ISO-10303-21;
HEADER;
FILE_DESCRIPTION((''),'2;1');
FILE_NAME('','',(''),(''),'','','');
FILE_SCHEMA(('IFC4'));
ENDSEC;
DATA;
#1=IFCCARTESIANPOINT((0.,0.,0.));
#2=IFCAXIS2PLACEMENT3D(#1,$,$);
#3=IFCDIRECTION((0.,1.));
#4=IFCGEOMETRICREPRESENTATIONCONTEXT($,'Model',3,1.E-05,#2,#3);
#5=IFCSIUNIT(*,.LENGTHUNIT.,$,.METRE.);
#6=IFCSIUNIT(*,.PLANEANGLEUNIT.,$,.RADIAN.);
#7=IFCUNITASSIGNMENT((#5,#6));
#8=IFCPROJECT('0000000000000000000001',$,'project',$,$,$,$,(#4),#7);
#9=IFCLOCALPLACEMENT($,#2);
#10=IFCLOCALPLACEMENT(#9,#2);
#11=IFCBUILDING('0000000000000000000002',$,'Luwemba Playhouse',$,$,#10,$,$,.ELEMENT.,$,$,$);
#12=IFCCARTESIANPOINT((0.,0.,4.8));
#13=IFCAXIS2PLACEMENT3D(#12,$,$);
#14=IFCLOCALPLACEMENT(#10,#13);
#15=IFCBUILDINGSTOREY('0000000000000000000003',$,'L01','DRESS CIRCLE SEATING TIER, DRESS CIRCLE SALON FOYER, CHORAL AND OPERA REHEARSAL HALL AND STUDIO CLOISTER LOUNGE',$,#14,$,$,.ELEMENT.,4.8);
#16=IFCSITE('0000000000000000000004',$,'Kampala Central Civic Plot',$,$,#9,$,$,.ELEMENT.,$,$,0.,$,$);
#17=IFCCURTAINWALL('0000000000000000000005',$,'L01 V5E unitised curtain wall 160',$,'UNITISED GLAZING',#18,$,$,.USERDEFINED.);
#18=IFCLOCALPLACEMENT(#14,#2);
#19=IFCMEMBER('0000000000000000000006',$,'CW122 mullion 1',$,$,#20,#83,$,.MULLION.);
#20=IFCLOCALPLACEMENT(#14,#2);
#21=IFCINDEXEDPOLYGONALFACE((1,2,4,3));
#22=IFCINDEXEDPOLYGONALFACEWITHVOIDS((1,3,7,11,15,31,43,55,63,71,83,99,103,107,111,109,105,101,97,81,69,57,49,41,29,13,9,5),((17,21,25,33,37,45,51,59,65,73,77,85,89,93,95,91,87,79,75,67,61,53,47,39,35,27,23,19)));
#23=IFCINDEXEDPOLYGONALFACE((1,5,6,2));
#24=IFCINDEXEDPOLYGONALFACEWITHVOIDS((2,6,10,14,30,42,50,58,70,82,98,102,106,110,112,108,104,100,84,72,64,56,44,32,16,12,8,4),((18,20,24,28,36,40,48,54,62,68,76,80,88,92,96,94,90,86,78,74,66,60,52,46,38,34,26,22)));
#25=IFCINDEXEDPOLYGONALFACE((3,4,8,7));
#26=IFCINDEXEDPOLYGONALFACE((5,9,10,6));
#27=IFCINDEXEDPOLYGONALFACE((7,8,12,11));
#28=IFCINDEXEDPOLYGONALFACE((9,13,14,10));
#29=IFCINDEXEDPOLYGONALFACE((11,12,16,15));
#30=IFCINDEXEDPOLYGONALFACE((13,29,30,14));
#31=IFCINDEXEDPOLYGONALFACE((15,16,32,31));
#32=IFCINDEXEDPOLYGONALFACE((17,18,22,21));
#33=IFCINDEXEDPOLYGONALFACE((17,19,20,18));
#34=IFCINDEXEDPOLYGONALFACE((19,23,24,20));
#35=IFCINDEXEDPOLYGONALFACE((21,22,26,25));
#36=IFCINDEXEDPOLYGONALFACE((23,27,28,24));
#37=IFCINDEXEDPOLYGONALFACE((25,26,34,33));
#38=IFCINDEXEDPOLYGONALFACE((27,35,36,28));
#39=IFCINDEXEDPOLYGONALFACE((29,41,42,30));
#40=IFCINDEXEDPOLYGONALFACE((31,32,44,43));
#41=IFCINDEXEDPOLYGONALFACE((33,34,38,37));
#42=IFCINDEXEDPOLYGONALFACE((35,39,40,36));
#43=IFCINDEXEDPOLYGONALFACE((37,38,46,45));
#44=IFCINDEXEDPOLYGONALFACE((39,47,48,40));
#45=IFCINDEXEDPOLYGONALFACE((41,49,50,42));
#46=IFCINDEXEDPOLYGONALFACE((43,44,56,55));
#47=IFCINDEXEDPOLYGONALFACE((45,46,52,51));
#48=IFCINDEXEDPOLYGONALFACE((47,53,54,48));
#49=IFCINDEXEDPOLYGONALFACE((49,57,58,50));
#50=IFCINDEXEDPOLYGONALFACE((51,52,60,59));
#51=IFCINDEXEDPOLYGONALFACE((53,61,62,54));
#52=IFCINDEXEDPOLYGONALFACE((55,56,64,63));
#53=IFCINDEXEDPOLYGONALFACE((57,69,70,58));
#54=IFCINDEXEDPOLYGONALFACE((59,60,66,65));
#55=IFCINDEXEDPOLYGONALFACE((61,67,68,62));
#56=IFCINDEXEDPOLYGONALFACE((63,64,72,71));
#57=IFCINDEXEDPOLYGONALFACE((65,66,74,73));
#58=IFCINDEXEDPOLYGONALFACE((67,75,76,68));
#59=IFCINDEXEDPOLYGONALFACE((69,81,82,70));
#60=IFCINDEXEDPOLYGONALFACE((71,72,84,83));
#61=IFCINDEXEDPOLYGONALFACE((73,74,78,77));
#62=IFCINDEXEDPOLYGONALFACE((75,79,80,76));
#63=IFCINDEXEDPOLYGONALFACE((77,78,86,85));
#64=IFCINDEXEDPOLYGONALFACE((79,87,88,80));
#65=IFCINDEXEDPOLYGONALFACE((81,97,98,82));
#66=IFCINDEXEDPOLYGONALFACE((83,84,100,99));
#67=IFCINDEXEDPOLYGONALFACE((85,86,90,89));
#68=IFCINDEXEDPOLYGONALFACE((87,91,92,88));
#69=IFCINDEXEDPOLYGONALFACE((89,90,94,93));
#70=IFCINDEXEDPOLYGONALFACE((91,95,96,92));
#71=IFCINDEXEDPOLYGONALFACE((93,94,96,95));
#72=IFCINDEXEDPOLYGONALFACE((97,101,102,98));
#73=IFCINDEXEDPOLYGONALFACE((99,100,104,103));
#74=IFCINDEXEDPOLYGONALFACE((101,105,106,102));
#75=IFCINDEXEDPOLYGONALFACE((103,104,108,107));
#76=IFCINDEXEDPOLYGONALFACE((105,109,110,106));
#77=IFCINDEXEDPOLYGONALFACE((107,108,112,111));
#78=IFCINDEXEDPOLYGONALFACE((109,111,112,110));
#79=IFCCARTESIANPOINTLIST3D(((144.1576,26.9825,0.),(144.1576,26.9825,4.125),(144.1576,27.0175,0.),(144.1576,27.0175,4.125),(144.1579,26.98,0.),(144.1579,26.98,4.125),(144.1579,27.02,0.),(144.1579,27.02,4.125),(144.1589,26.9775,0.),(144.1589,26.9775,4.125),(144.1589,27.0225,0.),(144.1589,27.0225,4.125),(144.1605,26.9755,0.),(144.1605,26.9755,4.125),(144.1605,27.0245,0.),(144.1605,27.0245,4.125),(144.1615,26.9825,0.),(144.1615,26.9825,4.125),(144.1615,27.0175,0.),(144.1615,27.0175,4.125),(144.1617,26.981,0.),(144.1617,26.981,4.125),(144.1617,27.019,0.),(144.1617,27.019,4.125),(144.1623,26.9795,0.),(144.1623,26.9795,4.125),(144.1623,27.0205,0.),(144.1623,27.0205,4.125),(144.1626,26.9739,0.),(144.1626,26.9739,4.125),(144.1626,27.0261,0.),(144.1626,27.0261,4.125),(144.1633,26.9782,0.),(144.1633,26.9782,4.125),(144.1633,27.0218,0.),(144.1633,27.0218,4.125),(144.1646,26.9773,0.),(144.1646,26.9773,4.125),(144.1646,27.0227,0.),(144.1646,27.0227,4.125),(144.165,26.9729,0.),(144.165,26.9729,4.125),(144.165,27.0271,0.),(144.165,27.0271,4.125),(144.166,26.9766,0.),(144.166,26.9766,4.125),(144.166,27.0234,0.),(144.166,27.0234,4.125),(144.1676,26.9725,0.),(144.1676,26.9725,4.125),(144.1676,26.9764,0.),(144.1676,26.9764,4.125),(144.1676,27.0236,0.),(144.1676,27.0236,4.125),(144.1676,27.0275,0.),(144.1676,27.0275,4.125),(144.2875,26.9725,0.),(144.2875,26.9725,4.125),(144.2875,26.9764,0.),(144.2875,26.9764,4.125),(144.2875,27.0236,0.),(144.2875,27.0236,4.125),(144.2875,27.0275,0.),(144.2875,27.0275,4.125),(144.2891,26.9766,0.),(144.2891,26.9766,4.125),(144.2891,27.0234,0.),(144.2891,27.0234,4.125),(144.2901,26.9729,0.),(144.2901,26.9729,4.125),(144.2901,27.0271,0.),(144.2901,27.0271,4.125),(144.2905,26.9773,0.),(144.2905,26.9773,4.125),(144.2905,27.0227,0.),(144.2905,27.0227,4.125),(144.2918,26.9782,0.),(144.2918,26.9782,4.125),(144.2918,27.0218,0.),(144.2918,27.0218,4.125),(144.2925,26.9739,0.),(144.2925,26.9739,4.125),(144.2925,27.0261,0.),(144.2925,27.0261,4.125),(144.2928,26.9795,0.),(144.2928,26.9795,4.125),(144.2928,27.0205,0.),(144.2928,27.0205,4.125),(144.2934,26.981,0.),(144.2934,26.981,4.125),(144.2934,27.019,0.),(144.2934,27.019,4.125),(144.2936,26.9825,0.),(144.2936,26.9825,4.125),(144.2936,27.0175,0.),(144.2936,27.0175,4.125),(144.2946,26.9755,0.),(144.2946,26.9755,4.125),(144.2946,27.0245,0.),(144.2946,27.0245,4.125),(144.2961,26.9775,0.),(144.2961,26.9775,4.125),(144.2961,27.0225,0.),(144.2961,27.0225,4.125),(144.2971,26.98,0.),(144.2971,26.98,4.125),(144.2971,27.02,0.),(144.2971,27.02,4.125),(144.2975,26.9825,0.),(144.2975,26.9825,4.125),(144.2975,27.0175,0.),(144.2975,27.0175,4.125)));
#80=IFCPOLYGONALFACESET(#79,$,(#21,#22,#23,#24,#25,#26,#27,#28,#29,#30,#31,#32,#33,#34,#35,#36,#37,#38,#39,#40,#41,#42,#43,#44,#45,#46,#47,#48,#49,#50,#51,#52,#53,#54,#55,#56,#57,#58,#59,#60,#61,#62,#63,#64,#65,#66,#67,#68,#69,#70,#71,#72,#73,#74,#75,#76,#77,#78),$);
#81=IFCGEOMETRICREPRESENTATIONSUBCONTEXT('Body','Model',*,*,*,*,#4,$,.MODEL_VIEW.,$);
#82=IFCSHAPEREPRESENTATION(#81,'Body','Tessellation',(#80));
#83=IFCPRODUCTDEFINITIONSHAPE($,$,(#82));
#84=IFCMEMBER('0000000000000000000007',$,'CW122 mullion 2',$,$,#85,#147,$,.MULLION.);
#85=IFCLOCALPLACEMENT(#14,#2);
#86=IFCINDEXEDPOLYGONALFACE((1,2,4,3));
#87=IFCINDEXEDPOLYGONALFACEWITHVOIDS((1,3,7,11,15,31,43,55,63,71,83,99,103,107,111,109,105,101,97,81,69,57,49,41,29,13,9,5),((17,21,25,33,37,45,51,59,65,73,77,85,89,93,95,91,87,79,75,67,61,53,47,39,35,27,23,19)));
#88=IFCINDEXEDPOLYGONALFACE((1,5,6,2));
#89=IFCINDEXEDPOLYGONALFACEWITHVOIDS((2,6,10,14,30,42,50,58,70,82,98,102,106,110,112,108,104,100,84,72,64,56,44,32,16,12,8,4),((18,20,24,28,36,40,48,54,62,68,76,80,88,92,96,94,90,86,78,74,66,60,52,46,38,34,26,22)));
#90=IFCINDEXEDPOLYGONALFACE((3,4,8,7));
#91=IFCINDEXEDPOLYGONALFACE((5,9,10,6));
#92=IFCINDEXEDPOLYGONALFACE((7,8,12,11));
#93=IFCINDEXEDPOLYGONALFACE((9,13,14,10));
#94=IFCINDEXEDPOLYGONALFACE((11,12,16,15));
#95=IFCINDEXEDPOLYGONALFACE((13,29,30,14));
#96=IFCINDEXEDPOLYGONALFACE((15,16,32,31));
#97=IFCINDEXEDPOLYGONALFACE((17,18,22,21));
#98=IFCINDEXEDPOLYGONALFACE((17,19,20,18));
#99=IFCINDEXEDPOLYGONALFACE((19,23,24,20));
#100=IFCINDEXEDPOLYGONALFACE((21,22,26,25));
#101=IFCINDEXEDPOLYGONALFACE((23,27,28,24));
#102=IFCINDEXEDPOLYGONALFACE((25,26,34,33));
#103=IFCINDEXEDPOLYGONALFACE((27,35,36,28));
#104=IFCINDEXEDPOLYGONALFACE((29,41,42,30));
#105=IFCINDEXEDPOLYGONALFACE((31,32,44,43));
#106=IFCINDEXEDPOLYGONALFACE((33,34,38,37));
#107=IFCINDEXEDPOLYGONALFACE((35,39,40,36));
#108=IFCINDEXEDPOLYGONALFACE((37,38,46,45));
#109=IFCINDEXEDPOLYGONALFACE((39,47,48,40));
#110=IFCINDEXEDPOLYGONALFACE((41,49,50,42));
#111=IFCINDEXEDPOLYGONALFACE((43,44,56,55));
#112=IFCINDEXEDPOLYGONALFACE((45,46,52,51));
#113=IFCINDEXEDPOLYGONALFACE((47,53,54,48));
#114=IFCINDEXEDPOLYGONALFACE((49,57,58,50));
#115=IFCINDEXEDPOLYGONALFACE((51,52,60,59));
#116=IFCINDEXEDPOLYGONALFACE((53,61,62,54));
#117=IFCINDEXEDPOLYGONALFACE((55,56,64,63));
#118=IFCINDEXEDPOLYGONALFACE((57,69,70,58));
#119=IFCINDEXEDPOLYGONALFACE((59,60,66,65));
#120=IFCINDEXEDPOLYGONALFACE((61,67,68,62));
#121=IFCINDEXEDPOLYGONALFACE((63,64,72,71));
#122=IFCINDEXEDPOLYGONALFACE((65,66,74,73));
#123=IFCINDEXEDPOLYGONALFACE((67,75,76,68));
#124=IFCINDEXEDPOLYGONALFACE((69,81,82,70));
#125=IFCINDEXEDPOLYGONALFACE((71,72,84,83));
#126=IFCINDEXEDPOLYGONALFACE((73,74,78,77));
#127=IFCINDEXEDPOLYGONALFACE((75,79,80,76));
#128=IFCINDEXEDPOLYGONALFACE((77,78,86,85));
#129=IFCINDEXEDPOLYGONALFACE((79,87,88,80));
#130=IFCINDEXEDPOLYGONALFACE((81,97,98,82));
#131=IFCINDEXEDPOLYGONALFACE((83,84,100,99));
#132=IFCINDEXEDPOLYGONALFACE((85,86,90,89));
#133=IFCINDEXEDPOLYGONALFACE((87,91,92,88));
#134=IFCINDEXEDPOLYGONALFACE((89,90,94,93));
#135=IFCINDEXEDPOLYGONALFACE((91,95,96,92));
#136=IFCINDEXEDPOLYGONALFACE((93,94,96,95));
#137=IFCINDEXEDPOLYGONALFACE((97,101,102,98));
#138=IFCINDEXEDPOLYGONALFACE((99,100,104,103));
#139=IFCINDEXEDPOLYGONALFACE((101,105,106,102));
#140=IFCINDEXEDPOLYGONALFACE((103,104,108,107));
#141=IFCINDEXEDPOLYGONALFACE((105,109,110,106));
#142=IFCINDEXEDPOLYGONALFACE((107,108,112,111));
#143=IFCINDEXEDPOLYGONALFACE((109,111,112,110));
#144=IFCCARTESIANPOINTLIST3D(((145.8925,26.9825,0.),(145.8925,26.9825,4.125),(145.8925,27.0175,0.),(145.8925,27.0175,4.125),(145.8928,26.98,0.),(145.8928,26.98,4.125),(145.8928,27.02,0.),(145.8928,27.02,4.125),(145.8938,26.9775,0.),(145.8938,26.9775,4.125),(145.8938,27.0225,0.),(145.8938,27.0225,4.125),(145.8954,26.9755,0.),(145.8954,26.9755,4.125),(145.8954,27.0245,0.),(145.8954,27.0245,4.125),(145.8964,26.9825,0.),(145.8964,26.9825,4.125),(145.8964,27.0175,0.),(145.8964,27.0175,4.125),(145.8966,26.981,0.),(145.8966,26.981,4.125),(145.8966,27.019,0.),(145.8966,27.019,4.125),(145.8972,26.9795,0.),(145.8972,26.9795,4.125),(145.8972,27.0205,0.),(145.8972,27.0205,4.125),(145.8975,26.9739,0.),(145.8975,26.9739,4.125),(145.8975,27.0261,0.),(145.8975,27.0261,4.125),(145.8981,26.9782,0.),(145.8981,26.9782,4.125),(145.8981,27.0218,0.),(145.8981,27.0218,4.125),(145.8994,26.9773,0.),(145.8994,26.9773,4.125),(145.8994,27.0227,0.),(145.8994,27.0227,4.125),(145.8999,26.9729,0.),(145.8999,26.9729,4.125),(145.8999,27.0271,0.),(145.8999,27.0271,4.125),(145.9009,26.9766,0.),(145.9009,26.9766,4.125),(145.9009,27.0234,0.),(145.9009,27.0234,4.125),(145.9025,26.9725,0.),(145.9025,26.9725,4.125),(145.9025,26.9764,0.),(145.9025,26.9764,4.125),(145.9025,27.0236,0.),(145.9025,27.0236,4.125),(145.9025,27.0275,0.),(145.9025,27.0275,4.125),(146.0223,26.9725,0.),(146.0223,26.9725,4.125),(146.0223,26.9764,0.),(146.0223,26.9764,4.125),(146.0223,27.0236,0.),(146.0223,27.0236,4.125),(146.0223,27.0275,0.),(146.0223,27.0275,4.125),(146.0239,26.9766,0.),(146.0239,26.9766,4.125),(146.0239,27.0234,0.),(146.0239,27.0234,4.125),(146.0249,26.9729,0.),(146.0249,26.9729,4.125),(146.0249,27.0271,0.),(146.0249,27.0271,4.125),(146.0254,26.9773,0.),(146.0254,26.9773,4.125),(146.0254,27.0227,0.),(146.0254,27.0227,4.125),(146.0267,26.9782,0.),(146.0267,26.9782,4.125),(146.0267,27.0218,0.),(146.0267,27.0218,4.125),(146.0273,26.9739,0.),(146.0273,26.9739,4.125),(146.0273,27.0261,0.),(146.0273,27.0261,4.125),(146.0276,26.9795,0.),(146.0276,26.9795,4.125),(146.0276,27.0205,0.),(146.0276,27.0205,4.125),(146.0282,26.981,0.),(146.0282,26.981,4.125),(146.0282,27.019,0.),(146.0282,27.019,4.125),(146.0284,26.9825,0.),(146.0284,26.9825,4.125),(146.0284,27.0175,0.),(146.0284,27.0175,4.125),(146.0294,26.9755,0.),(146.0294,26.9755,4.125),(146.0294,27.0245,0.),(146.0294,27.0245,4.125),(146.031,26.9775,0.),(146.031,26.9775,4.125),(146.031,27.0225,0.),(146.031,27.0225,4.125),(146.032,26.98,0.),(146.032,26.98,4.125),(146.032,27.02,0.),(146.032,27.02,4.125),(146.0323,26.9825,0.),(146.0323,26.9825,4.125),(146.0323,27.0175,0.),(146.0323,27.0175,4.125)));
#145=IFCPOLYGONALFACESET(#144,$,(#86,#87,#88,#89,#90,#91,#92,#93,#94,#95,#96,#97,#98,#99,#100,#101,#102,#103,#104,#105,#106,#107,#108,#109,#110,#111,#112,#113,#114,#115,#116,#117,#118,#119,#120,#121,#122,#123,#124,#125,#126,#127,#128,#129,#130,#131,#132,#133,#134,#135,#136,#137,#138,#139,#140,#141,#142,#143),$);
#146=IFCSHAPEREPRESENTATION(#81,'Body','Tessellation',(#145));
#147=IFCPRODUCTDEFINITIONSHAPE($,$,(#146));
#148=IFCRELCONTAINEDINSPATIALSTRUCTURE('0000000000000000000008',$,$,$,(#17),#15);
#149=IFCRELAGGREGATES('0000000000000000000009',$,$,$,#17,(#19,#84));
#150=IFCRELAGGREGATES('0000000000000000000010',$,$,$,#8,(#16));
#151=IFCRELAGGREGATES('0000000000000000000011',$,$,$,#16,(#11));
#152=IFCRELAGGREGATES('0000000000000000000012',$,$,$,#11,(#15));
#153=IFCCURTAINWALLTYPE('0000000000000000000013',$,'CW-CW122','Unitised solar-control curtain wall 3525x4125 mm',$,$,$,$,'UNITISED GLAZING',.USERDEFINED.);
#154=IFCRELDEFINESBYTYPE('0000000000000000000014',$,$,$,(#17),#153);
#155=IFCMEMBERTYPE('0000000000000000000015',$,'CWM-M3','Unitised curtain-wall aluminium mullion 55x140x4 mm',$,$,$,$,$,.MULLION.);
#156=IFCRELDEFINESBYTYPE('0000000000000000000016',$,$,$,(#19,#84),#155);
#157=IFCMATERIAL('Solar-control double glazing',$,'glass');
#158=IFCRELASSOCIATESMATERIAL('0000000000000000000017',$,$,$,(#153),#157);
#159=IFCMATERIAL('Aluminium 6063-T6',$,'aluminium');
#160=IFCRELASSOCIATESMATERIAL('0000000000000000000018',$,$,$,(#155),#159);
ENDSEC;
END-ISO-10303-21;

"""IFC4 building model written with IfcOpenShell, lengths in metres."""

from ifc_helpers import new_model, si_unit, direction, frame, origin, origin_2d, place, context, subcontext, project, spatial, hollow_rectangle, extrude, material, material_profile, profile_set, type_object, element, aggregate, save


model = new_model("IFC4")

# Units and contexts
model_context = context("Model", 3, precision=1e-05, world=origin(), true_north=direction((0.0, 1.0)))
body_context = subcontext(model_context, "Body", "Model", "MODEL_VIEW")
ifc_project = project(units=[si_unit("LENGTHUNIT", "METRE"), si_unit("PLANEANGLEUNIT", "RADIAN")], contexts=[model_context])

# Site, building, storey
site_placement = place(None, origin())
site = spatial("IfcSite", under=ifc_project, at=site_placement, Name="Kampala Central Civic Plot", CompositionType="ELEMENT", RefElevation=0.0)
building_placement = place(site_placement, origin())
building = spatial("IfcBuilding", under=site, at=building_placement, Name="Luwemba Playhouse", CompositionType="ELEMENT")
storey_placement = place(building_placement, frame((0.0, 0.0, 4.8)))
storey = spatial("IfcBuildingStorey", under=building, at=storey_placement, Name="L01", Description="DRESS CIRCLE SEATING TIER, DRESS CIRCLE SALON FOYER, CHORAL AND OPERA REHEARSAL HALL AND STUDIO CLOISTER LOUNGE", CompositionType="ELEMENT", Elevation=4.8)

# Curtain wall, members
ifc_material_1 = material(Name="Solar-control double glazing", Category="glass")
ifc_material_2 = material(Name="Aluminium 6063-T6", Category="aluminium")
curtain_wall_type_1 = type_object("IfcCurtainWallType", Name="CW-CW122", Description="Unitised solar-control curtain wall 3525x4125 mm", ElementType="UNITISED GLAZING", PredefinedType="USERDEFINED", material=ifc_material_1)
curtain_wall_1_placement = place(storey_placement, origin())
curtain_wall_1 = element("IfcCurtainWall", 1, at=curtain_wall_1_placement, inside=storey, type_object=curtain_wall_type_1, Name="L01 V5E unitised curtain wall 160", ObjectType="UNITISED GLAZING", PredefinedType="USERDEFINED")
ifc_material_profile_1 = material_profile(ifc_material_2, hollow_rectangle(XDim=0.0549, YDim=0.1399, WallThickness=0.0039, InnerFilletRadius=0.0061, OuterFilletRadius=0.01, at=origin_2d()))
ifc_profile_set_1 = profile_set([ifc_material_profile_1], Name="Aluminium 6063-T6")
member_type_1 = type_object("IfcMemberType", Name="CWM-M3", Description="Unitised curtain-wall aluminium mullion 55x140x4 mm", PredefinedType="MULLION", material=ifc_profile_set_1)
member_1_placement = place(storey_placement, frame((144.2275, 27.0, 0.0), z_axis=(0.0, 0.0, 1.0), x_axis=(0.0, 1.0, 0.0)))
member_1 = element("IfcMember", 2, at=member_1_placement, type_object=member_type_1, Name="CW122 mullion 1", PredefinedType="MULLION", context=body_context, shape_type="SweptSolid", body=[
    extrude(hollow_rectangle(XDim=0.0549, YDim=0.1399, WallThickness=0.0039, InnerFilletRadius=0.0061, OuterFilletRadius=0.01, at=origin_2d()), origin(), (0.0, 0.0, 1.0), 4.125),
])
member_2_placement = place(storey_placement, frame((145.9624, 27.0, 0.0), z_axis=(0.0, 0.0, 1.0), x_axis=(0.0, 1.0, 0.0)))
member_2 = element("IfcMember", 3, at=member_2_placement, type_object=member_type_1, Name="CW122 mullion 2", PredefinedType="MULLION", context=body_context, shape_type="SweptSolid", body=[
    extrude(hollow_rectangle(XDim=0.0549, YDim=0.1399, WallThickness=0.0039, InnerFilletRadius=0.0061, OuterFilletRadius=0.01, at=origin_2d()), origin(), (0.0, 0.0, 1.0), 4.125),
])

aggregate(curtain_wall_1, [member_1, member_2])

save(model, "model.ifc")
